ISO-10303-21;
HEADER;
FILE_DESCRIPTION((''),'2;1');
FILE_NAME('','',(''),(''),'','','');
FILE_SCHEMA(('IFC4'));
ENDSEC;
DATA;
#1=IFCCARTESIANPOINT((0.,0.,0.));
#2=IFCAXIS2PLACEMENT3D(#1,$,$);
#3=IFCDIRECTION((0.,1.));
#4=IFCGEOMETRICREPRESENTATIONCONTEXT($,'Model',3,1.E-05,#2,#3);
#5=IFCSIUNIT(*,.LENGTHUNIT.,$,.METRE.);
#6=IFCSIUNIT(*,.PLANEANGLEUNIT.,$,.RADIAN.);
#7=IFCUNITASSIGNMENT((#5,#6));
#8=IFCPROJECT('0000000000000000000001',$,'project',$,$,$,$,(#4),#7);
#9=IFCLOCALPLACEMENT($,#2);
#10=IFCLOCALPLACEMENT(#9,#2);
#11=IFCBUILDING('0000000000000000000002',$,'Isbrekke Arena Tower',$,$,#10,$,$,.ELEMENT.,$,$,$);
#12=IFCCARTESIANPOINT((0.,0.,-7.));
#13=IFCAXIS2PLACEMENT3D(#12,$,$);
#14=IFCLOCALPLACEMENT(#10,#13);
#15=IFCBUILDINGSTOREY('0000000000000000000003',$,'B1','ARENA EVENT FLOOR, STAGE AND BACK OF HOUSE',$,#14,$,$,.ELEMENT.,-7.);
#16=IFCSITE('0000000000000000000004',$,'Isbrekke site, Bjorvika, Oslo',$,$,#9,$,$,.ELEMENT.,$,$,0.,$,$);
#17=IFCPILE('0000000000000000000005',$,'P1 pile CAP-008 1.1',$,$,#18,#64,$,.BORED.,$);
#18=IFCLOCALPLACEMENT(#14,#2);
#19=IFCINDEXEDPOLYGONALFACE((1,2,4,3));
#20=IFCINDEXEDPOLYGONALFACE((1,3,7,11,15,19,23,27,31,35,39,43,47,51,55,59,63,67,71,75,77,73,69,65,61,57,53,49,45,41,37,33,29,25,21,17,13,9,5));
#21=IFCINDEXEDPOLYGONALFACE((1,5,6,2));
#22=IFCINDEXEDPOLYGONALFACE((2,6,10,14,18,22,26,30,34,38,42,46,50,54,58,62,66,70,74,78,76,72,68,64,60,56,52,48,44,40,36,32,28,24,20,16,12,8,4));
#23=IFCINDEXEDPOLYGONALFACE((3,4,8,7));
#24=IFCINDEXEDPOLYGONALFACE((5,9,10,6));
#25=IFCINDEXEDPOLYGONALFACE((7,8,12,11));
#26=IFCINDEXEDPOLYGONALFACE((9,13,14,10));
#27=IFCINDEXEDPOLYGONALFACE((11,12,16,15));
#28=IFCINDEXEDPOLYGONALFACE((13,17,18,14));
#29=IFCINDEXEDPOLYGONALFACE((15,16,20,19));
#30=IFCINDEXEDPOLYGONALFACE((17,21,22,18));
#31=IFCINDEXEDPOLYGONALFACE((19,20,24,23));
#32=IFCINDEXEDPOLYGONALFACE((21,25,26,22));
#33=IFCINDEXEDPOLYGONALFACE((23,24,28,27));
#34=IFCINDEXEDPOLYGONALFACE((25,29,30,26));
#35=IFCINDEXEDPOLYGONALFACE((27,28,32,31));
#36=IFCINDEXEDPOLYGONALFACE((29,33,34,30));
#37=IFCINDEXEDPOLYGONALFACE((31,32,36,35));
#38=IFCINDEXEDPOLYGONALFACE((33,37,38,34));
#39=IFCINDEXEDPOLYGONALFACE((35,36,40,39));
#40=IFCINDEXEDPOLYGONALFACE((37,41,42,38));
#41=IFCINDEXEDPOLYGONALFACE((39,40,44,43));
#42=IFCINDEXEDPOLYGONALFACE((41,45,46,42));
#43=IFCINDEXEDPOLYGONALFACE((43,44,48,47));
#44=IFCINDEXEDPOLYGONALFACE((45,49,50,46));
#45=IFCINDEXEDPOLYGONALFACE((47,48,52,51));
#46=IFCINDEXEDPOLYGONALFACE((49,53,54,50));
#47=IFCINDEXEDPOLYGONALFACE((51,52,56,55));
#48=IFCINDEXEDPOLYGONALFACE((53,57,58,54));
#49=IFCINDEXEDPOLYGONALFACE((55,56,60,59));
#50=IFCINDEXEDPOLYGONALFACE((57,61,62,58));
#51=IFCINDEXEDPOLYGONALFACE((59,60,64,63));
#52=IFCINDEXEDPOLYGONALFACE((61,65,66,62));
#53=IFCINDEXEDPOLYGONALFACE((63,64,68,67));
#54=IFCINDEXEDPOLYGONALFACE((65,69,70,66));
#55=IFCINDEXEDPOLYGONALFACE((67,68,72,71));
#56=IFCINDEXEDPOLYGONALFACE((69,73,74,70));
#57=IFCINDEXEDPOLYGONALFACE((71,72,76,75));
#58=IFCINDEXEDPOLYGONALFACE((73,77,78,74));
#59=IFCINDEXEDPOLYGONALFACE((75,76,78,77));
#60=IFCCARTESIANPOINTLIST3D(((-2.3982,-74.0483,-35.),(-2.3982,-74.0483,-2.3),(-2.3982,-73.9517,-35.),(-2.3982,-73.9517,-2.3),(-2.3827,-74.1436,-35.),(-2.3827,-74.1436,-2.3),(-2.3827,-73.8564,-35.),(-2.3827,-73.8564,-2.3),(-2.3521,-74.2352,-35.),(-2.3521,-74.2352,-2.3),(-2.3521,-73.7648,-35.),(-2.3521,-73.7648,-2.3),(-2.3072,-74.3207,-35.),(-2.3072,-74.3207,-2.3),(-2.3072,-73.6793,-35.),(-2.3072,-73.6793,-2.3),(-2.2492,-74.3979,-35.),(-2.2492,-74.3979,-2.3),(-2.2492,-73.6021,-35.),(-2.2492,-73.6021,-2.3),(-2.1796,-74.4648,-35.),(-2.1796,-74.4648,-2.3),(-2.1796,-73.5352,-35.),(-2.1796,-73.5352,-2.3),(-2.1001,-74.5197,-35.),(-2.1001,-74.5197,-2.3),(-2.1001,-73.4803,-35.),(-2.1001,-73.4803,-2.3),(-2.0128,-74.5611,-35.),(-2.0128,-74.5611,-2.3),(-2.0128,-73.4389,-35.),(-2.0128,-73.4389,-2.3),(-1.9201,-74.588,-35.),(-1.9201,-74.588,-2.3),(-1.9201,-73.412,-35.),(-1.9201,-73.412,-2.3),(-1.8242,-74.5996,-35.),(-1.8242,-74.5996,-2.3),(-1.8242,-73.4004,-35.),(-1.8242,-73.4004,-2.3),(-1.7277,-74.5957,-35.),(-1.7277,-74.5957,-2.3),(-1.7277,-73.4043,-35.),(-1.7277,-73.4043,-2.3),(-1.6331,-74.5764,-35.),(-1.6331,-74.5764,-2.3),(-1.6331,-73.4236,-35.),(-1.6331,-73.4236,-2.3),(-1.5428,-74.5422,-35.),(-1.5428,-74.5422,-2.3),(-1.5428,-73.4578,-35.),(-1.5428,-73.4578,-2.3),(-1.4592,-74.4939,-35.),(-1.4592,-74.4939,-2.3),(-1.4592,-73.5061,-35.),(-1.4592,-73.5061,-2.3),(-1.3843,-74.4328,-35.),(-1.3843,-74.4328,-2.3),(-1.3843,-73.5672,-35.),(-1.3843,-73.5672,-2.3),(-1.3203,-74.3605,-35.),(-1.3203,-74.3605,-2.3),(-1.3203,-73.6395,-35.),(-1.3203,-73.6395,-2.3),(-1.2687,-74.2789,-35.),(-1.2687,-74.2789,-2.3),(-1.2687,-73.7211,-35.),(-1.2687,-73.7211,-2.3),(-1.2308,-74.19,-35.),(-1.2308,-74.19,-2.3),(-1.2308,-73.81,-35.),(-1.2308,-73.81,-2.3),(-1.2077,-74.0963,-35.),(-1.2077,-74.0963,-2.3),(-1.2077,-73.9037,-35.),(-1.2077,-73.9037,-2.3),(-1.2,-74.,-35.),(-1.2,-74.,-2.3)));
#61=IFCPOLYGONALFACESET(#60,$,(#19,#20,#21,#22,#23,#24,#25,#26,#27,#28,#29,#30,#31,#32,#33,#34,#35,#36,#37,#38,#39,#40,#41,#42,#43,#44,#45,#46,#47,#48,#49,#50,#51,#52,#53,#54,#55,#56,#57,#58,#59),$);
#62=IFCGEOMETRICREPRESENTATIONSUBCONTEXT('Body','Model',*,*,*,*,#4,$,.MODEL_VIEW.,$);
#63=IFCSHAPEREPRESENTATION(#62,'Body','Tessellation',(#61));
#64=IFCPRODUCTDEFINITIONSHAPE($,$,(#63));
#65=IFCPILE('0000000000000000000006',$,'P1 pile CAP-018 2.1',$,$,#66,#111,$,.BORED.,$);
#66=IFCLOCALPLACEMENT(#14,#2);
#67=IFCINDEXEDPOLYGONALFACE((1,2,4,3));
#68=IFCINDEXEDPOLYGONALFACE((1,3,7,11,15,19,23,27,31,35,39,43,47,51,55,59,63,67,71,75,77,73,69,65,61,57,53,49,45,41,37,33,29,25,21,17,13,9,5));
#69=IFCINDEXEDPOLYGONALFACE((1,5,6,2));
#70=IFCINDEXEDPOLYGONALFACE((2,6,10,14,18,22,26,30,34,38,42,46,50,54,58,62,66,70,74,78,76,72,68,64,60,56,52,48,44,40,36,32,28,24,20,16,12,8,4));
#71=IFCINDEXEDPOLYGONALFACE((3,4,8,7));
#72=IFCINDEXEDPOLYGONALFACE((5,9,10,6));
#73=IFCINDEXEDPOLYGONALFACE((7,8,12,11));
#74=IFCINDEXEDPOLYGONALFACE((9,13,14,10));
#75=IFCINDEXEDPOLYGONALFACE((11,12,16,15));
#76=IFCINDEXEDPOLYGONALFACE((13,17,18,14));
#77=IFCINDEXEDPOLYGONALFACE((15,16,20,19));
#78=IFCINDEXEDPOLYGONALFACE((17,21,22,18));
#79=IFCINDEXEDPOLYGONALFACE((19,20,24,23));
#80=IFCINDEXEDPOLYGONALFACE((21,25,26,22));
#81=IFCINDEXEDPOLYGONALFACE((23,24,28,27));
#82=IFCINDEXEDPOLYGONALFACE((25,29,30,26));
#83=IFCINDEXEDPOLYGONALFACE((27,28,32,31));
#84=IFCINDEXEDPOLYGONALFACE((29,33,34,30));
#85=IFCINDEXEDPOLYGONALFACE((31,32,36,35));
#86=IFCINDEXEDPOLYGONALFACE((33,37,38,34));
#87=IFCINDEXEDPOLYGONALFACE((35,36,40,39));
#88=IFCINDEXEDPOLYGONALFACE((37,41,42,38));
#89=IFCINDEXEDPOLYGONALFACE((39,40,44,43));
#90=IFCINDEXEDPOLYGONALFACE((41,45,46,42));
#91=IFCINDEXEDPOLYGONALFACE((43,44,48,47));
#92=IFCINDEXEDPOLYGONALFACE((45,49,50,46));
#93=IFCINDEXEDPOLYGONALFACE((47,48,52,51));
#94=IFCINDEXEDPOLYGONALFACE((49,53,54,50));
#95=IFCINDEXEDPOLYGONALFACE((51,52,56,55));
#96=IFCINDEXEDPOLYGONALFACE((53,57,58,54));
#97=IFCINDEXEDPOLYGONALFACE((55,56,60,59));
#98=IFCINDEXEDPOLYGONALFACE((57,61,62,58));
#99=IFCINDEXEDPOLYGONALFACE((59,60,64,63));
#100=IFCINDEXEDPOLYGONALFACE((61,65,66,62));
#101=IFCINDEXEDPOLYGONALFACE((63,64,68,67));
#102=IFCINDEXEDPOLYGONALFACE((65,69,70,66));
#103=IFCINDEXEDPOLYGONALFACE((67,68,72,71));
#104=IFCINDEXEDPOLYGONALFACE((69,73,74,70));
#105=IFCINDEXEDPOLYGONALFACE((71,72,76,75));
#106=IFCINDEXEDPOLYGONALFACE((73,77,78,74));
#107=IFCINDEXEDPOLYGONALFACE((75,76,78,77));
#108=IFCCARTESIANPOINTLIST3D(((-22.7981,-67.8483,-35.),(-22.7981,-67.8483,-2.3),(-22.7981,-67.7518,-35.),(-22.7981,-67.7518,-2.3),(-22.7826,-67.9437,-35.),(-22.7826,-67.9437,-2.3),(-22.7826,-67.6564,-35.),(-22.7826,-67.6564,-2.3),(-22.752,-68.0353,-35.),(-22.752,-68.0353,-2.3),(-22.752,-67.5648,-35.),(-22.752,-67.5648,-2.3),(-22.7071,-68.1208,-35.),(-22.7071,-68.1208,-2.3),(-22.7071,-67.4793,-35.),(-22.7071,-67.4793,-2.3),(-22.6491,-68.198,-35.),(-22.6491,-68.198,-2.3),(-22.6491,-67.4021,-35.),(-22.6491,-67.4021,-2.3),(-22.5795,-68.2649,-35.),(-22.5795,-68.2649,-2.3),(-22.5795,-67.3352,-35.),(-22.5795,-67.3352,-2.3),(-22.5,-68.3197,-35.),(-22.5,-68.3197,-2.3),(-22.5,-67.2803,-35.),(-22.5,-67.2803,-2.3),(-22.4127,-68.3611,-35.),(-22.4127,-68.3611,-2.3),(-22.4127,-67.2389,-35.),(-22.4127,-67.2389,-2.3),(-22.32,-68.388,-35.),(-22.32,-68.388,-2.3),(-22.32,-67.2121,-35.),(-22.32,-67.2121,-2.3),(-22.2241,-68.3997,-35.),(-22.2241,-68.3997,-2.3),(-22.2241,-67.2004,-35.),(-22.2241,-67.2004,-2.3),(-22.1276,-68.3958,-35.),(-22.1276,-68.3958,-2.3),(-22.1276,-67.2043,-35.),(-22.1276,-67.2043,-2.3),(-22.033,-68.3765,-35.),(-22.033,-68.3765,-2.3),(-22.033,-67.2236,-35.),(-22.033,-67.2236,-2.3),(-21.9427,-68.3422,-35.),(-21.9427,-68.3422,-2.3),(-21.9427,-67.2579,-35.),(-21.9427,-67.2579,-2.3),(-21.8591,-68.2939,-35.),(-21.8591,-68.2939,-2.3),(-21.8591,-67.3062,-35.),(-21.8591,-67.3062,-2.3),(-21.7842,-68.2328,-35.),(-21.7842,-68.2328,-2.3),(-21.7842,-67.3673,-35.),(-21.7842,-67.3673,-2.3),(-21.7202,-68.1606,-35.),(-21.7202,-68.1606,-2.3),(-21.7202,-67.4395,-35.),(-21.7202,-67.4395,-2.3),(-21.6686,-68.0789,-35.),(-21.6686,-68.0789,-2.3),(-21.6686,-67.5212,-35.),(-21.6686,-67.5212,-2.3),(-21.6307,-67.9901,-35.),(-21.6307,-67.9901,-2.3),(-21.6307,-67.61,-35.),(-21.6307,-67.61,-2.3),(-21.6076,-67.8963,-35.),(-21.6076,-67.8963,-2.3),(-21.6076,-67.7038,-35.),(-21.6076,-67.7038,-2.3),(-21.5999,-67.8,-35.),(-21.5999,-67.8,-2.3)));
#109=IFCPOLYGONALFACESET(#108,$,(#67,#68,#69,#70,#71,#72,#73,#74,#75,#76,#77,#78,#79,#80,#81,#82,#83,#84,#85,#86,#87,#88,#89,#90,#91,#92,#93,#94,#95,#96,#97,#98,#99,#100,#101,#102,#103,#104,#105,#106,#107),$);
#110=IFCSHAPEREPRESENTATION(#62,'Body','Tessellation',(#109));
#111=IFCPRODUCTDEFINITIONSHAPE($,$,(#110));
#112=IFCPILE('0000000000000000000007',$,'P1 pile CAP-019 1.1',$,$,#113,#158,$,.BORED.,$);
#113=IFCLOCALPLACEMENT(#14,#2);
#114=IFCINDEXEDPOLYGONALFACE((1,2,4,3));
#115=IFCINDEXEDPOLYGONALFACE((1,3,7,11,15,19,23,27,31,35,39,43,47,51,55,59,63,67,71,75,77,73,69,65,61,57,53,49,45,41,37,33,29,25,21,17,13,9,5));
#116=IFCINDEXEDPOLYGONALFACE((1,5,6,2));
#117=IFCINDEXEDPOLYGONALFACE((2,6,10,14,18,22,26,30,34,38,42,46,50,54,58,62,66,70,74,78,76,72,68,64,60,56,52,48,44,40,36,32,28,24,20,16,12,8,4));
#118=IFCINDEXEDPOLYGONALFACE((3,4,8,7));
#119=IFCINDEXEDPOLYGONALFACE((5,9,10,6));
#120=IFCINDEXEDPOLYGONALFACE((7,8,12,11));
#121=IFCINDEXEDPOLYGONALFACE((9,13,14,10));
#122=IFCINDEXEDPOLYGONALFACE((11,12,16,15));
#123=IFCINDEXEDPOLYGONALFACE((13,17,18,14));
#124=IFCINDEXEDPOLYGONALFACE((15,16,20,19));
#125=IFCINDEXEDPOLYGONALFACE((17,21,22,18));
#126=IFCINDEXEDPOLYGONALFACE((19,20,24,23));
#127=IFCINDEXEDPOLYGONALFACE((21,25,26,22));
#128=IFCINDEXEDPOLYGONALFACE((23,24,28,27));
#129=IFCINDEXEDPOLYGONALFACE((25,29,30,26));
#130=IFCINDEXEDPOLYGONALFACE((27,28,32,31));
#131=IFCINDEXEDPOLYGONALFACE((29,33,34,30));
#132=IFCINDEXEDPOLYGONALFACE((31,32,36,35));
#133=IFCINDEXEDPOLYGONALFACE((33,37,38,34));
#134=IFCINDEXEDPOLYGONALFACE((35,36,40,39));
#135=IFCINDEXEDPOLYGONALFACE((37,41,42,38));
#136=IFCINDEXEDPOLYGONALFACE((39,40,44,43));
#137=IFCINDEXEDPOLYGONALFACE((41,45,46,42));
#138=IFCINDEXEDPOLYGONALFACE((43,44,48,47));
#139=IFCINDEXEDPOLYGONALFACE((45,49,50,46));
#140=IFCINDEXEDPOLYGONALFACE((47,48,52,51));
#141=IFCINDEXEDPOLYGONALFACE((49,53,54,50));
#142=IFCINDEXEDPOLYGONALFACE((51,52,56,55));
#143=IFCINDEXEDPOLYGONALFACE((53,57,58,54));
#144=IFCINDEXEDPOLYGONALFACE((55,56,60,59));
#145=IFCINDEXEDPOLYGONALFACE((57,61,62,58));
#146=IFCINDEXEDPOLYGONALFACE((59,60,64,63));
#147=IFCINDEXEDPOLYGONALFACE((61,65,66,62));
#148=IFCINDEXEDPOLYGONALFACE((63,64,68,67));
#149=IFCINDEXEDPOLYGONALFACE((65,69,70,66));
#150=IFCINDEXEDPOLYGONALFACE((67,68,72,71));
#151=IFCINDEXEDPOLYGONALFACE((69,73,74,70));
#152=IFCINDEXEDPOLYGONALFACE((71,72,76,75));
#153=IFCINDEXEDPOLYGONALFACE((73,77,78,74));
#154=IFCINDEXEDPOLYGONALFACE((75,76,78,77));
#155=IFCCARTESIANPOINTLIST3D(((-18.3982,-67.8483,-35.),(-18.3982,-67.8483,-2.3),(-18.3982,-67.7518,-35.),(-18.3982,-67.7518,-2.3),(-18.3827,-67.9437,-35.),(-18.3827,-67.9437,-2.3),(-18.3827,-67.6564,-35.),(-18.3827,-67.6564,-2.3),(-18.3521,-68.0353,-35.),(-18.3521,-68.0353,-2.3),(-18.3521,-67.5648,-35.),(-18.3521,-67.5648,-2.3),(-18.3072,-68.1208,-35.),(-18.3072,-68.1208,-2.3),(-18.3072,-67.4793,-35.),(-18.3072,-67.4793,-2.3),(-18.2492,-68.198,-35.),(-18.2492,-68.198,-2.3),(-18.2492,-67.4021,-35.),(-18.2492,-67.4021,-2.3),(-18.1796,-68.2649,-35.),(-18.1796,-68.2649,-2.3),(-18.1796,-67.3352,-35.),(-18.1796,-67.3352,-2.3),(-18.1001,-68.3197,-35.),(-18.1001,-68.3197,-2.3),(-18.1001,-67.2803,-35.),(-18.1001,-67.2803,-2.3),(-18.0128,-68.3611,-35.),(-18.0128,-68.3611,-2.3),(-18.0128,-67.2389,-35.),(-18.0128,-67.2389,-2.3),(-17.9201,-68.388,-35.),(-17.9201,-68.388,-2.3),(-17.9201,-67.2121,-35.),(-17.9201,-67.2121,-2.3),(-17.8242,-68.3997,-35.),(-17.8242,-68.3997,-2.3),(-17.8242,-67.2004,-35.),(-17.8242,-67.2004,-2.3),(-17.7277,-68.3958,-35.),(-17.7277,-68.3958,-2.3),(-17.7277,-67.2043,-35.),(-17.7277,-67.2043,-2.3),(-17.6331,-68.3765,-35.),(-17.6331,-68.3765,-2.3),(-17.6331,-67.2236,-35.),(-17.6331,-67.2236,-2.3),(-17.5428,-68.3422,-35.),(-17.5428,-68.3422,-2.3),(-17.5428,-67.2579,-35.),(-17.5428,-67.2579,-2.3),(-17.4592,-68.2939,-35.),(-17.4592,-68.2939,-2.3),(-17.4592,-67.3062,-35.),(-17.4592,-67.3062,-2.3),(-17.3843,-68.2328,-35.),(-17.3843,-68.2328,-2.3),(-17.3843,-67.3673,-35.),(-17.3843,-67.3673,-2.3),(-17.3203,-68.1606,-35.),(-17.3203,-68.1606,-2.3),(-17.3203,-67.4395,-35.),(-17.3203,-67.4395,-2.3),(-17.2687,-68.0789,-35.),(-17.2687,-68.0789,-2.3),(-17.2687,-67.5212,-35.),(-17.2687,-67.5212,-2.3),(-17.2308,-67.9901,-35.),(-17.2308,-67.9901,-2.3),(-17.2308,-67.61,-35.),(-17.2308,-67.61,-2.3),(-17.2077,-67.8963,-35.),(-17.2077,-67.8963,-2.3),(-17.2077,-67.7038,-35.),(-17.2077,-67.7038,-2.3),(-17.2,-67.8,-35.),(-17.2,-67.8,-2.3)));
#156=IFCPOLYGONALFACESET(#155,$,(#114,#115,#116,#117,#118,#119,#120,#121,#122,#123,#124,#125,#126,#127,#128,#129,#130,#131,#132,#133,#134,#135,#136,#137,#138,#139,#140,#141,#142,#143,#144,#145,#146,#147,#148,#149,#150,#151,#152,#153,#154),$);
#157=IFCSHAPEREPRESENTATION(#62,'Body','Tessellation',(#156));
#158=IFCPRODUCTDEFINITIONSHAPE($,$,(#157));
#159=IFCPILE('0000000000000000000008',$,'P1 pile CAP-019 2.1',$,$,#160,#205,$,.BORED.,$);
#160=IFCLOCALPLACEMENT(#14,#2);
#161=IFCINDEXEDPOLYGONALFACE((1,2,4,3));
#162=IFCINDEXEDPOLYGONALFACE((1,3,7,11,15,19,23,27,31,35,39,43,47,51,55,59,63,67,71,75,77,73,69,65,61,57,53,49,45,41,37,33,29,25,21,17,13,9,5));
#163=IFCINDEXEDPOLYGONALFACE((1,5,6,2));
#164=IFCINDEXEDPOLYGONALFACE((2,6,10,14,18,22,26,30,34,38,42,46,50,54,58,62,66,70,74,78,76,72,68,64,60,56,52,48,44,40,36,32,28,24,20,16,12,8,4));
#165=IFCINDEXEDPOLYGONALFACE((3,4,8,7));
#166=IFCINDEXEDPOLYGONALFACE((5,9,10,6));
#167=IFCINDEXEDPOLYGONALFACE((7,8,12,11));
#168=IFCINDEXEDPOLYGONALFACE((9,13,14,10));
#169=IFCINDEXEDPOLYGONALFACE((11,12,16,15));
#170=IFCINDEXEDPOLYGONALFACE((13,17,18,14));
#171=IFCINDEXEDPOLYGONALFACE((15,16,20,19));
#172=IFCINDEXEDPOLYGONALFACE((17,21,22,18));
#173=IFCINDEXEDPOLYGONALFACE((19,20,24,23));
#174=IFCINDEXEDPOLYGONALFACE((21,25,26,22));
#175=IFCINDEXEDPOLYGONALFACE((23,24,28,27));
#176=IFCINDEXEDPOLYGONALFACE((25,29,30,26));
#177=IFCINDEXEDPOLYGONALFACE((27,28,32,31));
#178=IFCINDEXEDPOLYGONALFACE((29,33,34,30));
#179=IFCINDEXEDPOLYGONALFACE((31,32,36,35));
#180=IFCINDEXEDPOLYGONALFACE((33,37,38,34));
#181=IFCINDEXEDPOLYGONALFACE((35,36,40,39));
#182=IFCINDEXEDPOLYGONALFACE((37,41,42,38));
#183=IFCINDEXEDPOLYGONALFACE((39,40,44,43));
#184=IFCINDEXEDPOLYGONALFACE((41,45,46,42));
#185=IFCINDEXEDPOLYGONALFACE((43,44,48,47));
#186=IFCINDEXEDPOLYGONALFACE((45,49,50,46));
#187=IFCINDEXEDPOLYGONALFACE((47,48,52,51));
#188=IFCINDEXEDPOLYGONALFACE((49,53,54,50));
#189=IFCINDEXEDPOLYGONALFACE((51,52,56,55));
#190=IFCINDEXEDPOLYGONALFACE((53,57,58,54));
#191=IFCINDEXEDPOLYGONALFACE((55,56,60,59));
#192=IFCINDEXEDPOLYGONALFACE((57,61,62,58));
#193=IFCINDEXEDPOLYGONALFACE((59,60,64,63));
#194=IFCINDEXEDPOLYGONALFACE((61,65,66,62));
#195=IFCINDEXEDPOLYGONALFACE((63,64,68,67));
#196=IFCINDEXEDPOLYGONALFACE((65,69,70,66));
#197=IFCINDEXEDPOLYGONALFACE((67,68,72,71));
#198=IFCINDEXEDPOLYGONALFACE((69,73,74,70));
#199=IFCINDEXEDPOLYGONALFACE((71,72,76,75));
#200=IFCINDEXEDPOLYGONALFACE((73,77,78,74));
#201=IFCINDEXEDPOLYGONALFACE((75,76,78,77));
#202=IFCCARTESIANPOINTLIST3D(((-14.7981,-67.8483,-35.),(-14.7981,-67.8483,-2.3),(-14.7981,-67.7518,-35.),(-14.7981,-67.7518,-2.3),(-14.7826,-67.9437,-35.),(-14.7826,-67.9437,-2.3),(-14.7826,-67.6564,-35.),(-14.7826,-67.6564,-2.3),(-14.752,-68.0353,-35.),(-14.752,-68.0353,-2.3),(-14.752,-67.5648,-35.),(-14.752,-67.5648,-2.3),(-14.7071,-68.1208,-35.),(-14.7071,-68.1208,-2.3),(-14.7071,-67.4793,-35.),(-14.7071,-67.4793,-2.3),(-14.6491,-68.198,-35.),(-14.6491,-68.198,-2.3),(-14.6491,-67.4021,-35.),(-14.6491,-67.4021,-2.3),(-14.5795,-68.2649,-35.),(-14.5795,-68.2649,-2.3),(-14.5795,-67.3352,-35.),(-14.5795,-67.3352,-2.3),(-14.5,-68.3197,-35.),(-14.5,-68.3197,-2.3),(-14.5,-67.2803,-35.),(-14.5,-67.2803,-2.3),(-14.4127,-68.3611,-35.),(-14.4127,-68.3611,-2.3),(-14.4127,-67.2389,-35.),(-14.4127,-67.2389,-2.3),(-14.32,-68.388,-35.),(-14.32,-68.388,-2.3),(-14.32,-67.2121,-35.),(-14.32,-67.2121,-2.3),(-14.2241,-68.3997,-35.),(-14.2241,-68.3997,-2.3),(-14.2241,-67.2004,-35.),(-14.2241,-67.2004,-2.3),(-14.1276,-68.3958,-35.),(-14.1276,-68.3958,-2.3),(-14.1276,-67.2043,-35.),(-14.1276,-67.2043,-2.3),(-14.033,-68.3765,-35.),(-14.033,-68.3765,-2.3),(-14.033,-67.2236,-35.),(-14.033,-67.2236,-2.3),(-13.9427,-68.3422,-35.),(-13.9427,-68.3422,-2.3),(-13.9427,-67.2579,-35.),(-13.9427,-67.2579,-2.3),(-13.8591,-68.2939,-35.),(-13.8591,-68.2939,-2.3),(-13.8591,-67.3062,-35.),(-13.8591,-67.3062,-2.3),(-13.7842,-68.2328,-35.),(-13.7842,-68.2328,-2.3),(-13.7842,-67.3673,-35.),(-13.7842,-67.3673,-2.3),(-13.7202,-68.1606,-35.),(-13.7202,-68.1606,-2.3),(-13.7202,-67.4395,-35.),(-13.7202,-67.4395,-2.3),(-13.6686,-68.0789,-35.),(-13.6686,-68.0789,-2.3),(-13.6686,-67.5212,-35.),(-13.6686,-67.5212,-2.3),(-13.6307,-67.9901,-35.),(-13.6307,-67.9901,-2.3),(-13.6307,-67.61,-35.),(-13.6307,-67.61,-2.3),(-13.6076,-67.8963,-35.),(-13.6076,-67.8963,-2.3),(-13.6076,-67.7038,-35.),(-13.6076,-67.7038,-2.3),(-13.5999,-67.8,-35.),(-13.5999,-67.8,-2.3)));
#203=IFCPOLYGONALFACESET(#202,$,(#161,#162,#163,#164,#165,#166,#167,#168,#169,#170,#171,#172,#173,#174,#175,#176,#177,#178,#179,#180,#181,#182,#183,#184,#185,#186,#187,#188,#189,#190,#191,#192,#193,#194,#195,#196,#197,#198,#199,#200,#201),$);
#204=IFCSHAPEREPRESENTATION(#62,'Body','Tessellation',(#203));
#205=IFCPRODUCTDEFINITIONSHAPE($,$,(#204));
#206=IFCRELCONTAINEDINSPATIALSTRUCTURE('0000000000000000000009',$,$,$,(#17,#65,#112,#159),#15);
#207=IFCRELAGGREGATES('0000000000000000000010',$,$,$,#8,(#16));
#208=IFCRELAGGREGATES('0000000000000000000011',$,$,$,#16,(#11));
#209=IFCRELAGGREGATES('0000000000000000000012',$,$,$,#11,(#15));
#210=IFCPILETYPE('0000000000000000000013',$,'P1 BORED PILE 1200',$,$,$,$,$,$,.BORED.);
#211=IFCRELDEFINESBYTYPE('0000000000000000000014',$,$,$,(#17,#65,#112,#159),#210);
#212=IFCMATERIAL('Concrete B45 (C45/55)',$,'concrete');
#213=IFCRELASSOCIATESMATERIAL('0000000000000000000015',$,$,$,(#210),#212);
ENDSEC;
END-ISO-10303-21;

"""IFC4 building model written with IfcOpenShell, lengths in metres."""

from ifc_helpers import new_model, si_unit, direction, frame, origin, origin_2d, place, context, subcontext, project, spatial, circle, extrude, material, material_profile, profile_set, type_object, element, save


model = new_model("IFC4")

# Units and contexts
model_context = context("Model", 3, precision=1e-05, world=origin(), true_north=direction((0.0, 1.0)))
body_context = subcontext(model_context, "Body", "Model", "MODEL_VIEW")
ifc_project = project(units=[si_unit("LENGTHUNIT", "METRE"), si_unit("PLANEANGLEUNIT", "RADIAN")], contexts=[model_context])

# Site, building, storey
site_placement = place(None, origin())
site = spatial("IfcSite", under=ifc_project, at=site_placement, Name="Isbrekke site, Bjorvika, Oslo", CompositionType="ELEMENT", RefElevation=0.0)
building_placement = place(site_placement, origin())
building = spatial("IfcBuilding", under=site, at=building_placement, Name="Isbrekke Arena Tower", CompositionType="ELEMENT")
storey_placement = place(building_placement, frame((0.0, 0.0, -7.0)))
storey = spatial("IfcBuildingStorey", under=building, at=storey_placement, Name="B1", Description="ARENA EVENT FLOOR, STAGE AND BACK OF HOUSE", CompositionType="ELEMENT", Elevation=-7.0)

# Piles
ifc_material_1 = material(Name="Concrete B45 (C45/55)", Category="concrete")
ifc_material_profile_1 = material_profile(ifc_material_1, circle(Radius=0.6001, at=origin_2d()), Name="BORED PILE D1200")
ifc_profile_set_1 = profile_set([ifc_material_profile_1], Name="Concrete B45 (C45/55)")
pile_type = type_object("IfcPileType", Name="P1 BORED PILE 1200", PredefinedType="BORED", material=ifc_profile_set_1)
for number, where, z_axis, x_axis, name in (
    (1, (-1.8, -74.0, -2.3), (0.0, 0.0, -1.0), (1.0, 0.0, 0.0), "P1 pile CAP-008 1.1"),
    (2, (-22.2, -67.8, -2.3), (0.0, 0.0, -1.0), (1.0, 0.0, 0.0), "P1 pile CAP-018 2.1"),
    (3, (-17.8, -67.8, -2.3), (0.0, 0.0, -1.0), (1.0, 0.0, 0.0), "P1 pile CAP-019 1.1"),
    (4, (-14.2, -67.8, -2.3), (0.0, 0.0, -1.0), (1.0, 0.0, 0.0), "P1 pile CAP-019 2.1"),
):
    element("IfcPile", number, at=place(storey_placement, frame(where, z_axis=z_axis, x_axis=x_axis)), inside=storey, type_object=pile_type, Name=name, PredefinedType="BORED", context=body_context, shape_type="SweptSolid", body=[
        extrude(circle(Radius=0.6001, at=origin_2d()), origin(), (0.0, 0.0, 1.0), 32.7),
    ])

save(model, "model.ifc")
